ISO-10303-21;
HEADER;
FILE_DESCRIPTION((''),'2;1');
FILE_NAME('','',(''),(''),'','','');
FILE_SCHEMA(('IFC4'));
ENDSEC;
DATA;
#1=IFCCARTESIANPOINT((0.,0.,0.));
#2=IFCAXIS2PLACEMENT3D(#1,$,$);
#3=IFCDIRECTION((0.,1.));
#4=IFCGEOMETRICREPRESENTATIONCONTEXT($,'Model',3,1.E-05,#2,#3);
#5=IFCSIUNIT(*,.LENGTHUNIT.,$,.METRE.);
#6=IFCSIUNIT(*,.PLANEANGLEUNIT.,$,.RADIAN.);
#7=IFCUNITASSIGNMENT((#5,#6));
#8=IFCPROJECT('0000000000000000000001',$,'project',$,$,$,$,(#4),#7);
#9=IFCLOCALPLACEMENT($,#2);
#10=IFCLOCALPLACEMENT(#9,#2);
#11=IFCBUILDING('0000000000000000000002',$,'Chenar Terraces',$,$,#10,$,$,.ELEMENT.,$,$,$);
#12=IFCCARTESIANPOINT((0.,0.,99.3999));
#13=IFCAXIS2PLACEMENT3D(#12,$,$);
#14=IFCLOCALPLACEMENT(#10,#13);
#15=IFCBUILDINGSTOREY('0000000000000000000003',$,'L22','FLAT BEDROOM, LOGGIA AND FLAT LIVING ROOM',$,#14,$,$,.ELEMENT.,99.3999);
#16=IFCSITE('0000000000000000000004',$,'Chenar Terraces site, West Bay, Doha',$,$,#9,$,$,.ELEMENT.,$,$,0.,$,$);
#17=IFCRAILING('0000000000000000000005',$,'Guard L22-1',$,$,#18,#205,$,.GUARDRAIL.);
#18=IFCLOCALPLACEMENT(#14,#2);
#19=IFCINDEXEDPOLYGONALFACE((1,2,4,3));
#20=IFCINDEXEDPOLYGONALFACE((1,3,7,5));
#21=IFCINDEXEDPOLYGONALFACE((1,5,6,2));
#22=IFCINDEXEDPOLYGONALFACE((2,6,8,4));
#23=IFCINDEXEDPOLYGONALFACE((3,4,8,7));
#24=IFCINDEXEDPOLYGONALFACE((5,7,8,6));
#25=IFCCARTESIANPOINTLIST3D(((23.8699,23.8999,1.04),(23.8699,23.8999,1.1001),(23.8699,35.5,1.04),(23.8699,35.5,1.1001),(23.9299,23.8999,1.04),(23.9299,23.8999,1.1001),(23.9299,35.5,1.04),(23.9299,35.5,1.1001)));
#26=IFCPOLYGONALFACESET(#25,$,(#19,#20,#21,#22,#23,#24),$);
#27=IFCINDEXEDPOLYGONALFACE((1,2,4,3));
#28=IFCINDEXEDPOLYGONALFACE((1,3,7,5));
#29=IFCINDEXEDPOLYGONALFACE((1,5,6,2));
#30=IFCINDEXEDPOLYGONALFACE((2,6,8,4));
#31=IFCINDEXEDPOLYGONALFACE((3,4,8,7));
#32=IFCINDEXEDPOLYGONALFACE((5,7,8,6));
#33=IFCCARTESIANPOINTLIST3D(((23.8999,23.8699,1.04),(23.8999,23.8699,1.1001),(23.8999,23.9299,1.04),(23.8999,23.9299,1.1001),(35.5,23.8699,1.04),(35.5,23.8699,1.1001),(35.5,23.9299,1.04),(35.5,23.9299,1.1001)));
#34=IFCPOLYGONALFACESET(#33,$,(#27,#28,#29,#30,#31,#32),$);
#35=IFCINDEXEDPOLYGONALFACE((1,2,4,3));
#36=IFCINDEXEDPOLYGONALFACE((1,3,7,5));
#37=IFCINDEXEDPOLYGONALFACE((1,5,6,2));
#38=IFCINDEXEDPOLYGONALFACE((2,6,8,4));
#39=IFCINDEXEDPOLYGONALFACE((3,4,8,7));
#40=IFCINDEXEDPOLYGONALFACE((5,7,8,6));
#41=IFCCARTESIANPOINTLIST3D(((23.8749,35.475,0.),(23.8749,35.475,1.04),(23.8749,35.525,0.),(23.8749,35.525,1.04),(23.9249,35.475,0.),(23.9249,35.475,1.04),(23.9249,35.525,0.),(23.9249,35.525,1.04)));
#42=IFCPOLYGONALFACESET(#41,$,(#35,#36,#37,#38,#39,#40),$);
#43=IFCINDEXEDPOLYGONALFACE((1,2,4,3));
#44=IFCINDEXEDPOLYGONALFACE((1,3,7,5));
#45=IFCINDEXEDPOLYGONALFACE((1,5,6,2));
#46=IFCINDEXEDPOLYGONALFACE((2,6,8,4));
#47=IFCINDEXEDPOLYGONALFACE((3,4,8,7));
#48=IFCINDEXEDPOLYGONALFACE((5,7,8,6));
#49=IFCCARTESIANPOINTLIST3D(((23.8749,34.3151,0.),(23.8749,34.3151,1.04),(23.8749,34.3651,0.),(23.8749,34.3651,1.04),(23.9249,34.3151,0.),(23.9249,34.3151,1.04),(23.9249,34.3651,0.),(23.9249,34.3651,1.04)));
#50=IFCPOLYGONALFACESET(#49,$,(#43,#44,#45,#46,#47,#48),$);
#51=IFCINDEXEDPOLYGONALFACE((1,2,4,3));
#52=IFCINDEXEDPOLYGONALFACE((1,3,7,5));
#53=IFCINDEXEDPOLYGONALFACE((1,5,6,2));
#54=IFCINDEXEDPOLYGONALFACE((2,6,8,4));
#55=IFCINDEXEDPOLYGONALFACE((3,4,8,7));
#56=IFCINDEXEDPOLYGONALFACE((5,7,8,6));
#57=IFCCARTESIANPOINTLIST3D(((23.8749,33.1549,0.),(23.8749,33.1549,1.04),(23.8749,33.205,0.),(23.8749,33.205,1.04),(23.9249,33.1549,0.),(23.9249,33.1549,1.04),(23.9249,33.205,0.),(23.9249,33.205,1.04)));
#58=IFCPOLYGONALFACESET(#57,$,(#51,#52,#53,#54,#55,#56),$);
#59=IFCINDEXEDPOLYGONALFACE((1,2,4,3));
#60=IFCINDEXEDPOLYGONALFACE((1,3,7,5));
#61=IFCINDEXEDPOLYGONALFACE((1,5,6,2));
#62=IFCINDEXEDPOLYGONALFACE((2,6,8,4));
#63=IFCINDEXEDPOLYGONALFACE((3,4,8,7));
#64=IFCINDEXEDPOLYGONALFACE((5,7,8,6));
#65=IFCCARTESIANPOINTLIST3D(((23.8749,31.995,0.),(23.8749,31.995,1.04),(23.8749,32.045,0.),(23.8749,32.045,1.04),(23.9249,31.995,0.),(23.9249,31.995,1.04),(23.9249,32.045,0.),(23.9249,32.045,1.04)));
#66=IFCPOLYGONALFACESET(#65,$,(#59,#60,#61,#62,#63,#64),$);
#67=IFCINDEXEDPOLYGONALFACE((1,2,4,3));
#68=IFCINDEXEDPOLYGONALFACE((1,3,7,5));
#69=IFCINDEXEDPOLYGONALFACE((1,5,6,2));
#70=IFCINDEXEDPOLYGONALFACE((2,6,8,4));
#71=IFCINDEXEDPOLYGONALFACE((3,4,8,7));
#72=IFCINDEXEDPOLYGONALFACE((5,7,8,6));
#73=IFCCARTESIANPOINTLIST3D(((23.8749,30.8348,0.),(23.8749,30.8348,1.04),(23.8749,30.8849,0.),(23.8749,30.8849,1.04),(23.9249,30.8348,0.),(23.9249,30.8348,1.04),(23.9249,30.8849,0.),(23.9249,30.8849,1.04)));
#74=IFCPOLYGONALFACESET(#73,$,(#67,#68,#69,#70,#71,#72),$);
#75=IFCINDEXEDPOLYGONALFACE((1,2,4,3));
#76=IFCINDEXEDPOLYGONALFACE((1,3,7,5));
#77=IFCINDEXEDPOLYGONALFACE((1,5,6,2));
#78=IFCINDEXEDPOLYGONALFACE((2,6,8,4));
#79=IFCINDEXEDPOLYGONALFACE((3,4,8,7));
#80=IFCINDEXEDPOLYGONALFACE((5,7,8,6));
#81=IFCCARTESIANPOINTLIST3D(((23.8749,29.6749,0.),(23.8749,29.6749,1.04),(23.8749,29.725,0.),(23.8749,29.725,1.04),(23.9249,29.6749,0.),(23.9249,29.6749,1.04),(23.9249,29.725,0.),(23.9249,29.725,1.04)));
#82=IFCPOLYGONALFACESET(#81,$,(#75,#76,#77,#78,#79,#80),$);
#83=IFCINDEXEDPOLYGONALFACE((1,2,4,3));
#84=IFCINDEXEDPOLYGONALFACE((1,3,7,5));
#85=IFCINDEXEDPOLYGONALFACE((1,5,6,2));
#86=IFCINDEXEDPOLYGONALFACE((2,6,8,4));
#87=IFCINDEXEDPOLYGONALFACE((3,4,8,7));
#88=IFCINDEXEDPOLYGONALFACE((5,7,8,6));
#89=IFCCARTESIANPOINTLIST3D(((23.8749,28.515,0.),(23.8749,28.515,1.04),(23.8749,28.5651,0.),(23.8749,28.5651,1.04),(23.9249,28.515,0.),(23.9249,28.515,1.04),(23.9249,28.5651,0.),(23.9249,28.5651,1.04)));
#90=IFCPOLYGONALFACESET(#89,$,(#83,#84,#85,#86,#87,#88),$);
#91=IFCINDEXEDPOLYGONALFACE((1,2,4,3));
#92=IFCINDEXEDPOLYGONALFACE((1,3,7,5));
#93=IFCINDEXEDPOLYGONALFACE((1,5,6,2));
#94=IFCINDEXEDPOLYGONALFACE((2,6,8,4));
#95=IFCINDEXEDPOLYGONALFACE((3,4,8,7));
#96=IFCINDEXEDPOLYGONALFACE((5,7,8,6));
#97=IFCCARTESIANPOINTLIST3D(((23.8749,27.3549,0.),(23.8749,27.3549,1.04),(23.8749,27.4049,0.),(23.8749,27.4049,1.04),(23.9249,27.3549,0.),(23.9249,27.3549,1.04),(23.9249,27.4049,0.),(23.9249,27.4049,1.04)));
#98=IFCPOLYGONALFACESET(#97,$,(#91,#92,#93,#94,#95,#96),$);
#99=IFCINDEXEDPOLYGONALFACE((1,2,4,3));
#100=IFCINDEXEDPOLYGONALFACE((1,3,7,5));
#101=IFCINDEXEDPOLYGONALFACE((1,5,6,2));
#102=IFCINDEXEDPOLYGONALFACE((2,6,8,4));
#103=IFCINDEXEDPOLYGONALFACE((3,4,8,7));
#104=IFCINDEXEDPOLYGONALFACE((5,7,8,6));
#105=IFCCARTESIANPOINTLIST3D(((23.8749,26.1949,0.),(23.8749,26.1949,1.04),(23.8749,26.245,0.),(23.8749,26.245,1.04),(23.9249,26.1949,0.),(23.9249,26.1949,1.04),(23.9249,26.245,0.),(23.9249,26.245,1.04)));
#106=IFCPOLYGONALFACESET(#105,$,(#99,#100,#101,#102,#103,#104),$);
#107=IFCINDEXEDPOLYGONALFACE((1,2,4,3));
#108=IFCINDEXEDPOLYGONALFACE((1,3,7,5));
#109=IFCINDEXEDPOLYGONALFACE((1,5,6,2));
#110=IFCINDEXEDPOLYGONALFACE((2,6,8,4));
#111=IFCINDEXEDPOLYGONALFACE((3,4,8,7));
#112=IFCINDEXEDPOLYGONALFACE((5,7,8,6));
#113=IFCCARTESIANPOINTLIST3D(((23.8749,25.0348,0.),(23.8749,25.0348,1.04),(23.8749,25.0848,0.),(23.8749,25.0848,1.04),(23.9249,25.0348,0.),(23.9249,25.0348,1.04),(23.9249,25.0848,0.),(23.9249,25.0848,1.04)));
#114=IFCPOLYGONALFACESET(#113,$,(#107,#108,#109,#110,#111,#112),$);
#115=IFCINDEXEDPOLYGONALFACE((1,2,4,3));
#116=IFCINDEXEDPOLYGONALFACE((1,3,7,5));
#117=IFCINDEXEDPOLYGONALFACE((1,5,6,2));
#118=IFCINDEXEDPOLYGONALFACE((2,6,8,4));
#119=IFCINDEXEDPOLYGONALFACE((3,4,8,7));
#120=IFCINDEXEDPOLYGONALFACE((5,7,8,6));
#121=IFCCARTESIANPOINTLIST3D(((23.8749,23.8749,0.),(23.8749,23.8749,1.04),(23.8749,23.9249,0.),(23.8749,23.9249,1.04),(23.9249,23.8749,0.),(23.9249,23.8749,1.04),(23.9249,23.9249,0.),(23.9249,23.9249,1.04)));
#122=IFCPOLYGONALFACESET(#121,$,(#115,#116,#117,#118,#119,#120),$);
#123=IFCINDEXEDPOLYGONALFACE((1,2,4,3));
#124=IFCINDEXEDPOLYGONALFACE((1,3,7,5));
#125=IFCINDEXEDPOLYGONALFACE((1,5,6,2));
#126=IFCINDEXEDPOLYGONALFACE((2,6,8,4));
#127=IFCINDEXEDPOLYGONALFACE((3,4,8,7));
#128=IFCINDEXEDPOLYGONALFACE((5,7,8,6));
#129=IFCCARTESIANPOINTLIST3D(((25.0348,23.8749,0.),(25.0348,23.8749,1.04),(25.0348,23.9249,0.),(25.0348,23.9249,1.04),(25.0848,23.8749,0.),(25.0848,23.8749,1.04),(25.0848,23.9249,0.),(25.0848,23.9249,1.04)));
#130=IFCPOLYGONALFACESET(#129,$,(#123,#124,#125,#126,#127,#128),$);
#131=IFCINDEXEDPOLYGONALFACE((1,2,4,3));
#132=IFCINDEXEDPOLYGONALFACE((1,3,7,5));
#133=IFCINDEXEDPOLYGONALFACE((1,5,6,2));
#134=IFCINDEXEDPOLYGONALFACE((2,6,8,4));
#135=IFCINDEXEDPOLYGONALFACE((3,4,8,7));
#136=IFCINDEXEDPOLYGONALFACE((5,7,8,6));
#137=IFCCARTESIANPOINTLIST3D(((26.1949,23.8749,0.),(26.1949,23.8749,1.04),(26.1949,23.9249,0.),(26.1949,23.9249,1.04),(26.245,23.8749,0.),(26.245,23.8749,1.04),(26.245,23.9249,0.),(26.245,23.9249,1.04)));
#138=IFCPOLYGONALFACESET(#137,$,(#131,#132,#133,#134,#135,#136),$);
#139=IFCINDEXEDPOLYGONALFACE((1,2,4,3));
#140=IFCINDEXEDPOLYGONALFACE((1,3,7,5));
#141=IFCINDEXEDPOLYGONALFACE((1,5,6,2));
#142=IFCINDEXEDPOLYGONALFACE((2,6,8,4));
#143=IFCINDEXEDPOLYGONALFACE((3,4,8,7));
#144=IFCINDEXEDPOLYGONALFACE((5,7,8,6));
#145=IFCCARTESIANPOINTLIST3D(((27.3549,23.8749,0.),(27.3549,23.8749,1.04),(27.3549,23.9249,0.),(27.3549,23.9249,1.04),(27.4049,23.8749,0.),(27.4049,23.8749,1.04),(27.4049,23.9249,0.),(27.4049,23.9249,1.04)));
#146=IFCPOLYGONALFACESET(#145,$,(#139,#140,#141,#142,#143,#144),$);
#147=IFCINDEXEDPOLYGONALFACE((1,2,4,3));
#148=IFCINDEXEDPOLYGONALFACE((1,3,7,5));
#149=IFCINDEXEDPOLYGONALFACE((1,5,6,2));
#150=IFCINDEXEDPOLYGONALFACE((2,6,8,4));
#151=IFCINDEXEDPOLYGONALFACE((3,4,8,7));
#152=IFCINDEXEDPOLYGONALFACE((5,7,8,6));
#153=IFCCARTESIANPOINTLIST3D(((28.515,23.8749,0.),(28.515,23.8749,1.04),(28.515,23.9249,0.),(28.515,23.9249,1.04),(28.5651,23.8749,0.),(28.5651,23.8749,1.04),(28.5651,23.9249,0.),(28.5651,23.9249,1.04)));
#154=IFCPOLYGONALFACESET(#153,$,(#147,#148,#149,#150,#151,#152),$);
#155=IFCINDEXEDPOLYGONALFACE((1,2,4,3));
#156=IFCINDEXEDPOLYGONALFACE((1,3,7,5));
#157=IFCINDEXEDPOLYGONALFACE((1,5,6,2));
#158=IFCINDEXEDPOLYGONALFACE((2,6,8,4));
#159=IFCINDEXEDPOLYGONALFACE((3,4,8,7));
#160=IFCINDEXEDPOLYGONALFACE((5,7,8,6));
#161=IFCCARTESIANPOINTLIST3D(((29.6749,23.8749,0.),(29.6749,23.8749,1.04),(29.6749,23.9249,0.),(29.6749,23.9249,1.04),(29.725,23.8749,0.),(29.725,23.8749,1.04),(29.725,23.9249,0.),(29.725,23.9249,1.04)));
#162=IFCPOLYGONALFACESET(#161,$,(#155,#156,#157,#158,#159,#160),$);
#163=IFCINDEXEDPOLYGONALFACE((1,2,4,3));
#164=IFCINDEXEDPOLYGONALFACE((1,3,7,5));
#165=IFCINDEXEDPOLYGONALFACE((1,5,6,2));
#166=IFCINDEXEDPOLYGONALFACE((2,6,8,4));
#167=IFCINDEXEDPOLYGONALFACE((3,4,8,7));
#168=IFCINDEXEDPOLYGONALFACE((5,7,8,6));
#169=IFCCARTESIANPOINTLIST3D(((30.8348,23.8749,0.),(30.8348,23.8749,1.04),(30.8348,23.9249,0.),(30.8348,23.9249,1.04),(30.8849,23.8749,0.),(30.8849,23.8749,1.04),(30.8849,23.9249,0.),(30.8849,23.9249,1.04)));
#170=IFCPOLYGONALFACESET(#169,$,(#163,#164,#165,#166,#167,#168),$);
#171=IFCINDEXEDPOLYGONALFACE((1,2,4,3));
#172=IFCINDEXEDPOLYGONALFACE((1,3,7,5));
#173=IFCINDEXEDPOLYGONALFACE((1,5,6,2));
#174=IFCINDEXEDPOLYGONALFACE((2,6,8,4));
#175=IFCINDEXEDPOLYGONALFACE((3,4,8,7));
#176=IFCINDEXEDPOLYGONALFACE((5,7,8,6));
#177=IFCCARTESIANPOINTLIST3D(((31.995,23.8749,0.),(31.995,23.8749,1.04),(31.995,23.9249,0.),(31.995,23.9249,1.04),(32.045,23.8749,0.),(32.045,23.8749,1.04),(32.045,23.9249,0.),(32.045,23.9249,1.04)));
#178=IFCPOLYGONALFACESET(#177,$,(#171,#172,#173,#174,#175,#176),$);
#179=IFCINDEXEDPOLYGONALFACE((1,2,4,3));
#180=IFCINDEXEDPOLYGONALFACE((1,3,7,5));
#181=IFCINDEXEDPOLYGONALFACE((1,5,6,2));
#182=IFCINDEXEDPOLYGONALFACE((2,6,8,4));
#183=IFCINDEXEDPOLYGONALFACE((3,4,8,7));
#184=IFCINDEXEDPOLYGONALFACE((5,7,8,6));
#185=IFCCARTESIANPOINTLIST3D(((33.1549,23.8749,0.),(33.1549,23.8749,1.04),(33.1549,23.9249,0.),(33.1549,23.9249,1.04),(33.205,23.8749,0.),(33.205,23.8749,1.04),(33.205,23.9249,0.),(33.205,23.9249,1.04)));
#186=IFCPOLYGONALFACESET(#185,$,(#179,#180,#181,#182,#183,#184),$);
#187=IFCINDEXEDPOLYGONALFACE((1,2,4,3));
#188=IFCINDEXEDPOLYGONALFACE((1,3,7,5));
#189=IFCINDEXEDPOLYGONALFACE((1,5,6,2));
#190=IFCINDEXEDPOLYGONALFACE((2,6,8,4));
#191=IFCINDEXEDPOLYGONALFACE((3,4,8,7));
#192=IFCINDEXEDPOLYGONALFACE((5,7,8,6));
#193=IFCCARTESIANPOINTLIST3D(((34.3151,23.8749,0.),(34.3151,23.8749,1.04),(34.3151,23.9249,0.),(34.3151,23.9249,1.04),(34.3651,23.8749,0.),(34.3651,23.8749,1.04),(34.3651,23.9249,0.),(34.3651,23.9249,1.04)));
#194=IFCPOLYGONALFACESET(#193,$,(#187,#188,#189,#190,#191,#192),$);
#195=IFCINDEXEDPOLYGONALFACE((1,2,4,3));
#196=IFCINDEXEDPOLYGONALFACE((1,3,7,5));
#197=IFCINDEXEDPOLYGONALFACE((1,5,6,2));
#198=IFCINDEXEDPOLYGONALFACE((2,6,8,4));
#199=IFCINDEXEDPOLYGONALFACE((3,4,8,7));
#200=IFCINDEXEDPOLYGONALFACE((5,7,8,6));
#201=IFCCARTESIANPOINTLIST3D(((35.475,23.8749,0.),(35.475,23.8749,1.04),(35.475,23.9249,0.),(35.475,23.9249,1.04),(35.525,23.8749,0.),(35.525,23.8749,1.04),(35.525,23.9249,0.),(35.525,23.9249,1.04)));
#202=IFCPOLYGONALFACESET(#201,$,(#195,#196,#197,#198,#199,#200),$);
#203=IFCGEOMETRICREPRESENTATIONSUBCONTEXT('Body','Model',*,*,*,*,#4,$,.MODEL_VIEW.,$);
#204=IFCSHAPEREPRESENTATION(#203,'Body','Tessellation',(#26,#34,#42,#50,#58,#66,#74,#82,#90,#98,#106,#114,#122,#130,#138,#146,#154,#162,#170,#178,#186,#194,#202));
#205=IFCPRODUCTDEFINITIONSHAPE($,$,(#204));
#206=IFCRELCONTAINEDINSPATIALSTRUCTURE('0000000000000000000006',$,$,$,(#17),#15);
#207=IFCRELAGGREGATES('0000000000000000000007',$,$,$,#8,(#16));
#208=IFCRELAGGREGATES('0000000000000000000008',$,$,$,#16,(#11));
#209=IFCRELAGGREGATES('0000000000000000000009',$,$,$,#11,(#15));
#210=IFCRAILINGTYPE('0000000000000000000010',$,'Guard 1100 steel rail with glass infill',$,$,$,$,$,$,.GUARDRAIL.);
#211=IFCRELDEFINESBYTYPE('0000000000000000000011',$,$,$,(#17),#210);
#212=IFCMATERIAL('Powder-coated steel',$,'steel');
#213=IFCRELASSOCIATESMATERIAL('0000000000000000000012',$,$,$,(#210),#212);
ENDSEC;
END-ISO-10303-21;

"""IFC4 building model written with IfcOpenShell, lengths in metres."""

from ifc_helpers import new_model, si_unit, direction, frame, origin, origin_2d, place, context, subcontext, project, spatial, rectangle, extrude, material, type_object, element, save


model = new_model("IFC4")

# Units and contexts
model_context = context("Model", 3, precision=1e-05, world=origin(), true_north=direction((0.0, 1.0)))
body_context = subcontext(model_context, "Body", "Model", "MODEL_VIEW")
ifc_project = project(units=[si_unit("LENGTHUNIT", "METRE"), si_unit("PLANEANGLEUNIT", "RADIAN")], contexts=[model_context])

# Site, building, storey
site_placement = place(None, origin())
site = spatial("IfcSite", under=ifc_project, at=site_placement, Name="Chenar Terraces site, West Bay, Doha", CompositionType="ELEMENT", RefElevation=0.0)
building_placement = place(site_placement, origin())
building = spatial("IfcBuilding", under=site, at=building_placement, Name="Chenar Terraces", CompositionType="ELEMENT")
storey_placement = place(building_placement, frame((0.0, 0.0, 99.3999)))
storey = spatial("IfcBuildingStorey", under=building, at=storey_placement, Name="L22", Description="FLAT BEDROOM, LOGGIA AND FLAT LIVING ROOM", CompositionType="ELEMENT", Elevation=99.3999)

# Railing
ifc_material_1 = material(Name="Powder-coated steel", Category="steel")
railing_type = type_object("IfcRailingType", Name="Guard 1100 steel rail with glass infill", PredefinedType="GUARDRAIL", material=ifc_material_1)
railing_placement = place(storey_placement, frame((23.8999, 35.5, 0.0)))
element("IfcRailing", 1, at=railing_placement, inside=storey, type_object=railing_type, Name="Guard L22-1", PredefinedType="GUARDRAIL", context=body_context, shape_type="SweptSolid", body=[
    extrude(rectangle(XDim=0.0601, YDim=0.0601, at=origin_2d()), frame((0.0, 0.0, 1.0701), z_axis=(0.0, -1.0, 0.0), x_axis=(1.0, 0.0, 0.0)), (0.0, 0.0, 1.0), 11.6001),
    extrude(rectangle(XDim=0.0601, YDim=0.0601, at=origin_2d()), frame((0.0, -11.6001, 1.0701), z_axis=(1.0, 0.0, 0.0), x_axis=(0.0, 1.0, 0.0)), (0.0, 0.0, 1.0), 11.6001),
    extrude(rectangle(XDim=0.05, YDim=0.05, at=origin_2d()), origin(), (0.0, 0.0, 1.0), 1.04),
    extrude(rectangle(XDim=0.05, YDim=0.05, at=origin_2d()), frame((0.0, -1.1599, 0.0)), (0.0, 0.0, 1.0), 1.04),
    extrude(rectangle(XDim=0.05, YDim=0.05, at=origin_2d()), frame((0.0, -2.3201, 0.0)), (0.0, 0.0, 1.0), 1.04),
    extrude(rectangle(XDim=0.05, YDim=0.05, at=origin_2d()), frame((0.0, -3.48, 0.0)), (0.0, 0.0, 1.0), 1.04),
    extrude(rectangle(XDim=0.05, YDim=0.05, at=origin_2d()), frame((0.0, -4.6401, 0.0)), (0.0, 0.0, 1.0), 1.04),
    extrude(rectangle(XDim=0.05, YDim=0.05, at=origin_2d()), frame((0.0, -5.8, 0.0)), (0.0, 0.0, 1.0), 1.04),
    extrude(rectangle(XDim=0.05, YDim=0.05, at=origin_2d()), frame((0.0, -6.96, 0.0)), (0.0, 0.0, 1.0), 1.04),
    extrude(rectangle(XDim=0.05, YDim=0.05, at=origin_2d()), frame((0.0, -8.1201, 0.0)), (0.0, 0.0, 1.0), 1.04),
    extrude(rectangle(XDim=0.05, YDim=0.05, at=origin_2d()), frame((0.0, -9.28, 0.0)), (0.0, 0.0, 1.0), 1.04),
    extrude(rectangle(XDim=0.05, YDim=0.05, at=origin_2d()), frame((0.0, -10.4402, 0.0)), (0.0, 0.0, 1.0), 1.04),
    extrude(rectangle(XDim=0.05, YDim=0.05, at=origin_2d()), frame((0.0, -11.6001, 0.0)), (0.0, 0.0, 1.0), 1.04),
    extrude(rectangle(XDim=0.05, YDim=0.05, at=origin_2d()), frame((1.1599, -11.6001, 0.0)), (0.0, 0.0, 1.0), 1.04),
    extrude(rectangle(XDim=0.05, YDim=0.05, at=origin_2d()), frame((2.3201, -11.6001, 0.0)), (0.0, 0.0, 1.0), 1.04),
    extrude(rectangle(XDim=0.05, YDim=0.05, at=origin_2d()), frame((3.48, -11.6001, 0.0)), (0.0, 0.0, 1.0), 1.04),
    extrude(rectangle(XDim=0.05, YDim=0.05, at=origin_2d()), frame((4.6401, -11.6001, 0.0)), (0.0, 0.0, 1.0), 1.04),
    extrude(rectangle(XDim=0.05, YDim=0.05, at=origin_2d()), frame((5.8, -11.6001, 0.0)), (0.0, 0.0, 1.0), 1.04),
    extrude(rectangle(XDim=0.05, YDim=0.05, at=origin_2d()), frame((6.96, -11.6001, 0.0)), (0.0, 0.0, 1.0), 1.04),
    extrude(rectangle(XDim=0.05, YDim=0.05, at=origin_2d()), frame((8.1201, -11.6001, 0.0)), (0.0, 0.0, 1.0), 1.04),
    extrude(rectangle(XDim=0.05, YDim=0.05, at=origin_2d()), frame((9.28, -11.6001, 0.0)), (0.0, 0.0, 1.0), 1.04),
    extrude(rectangle(XDim=0.05, YDim=0.05, at=origin_2d()), frame((10.4402, -11.6001, 0.0)), (0.0, 0.0, 1.0), 1.04),
    extrude(rectangle(XDim=0.05, YDim=0.05, at=origin_2d()), frame((11.6001, -11.6001, 0.0)), (0.0, 0.0, 1.0), 1.04),
])

save(model, "model.ifc")
